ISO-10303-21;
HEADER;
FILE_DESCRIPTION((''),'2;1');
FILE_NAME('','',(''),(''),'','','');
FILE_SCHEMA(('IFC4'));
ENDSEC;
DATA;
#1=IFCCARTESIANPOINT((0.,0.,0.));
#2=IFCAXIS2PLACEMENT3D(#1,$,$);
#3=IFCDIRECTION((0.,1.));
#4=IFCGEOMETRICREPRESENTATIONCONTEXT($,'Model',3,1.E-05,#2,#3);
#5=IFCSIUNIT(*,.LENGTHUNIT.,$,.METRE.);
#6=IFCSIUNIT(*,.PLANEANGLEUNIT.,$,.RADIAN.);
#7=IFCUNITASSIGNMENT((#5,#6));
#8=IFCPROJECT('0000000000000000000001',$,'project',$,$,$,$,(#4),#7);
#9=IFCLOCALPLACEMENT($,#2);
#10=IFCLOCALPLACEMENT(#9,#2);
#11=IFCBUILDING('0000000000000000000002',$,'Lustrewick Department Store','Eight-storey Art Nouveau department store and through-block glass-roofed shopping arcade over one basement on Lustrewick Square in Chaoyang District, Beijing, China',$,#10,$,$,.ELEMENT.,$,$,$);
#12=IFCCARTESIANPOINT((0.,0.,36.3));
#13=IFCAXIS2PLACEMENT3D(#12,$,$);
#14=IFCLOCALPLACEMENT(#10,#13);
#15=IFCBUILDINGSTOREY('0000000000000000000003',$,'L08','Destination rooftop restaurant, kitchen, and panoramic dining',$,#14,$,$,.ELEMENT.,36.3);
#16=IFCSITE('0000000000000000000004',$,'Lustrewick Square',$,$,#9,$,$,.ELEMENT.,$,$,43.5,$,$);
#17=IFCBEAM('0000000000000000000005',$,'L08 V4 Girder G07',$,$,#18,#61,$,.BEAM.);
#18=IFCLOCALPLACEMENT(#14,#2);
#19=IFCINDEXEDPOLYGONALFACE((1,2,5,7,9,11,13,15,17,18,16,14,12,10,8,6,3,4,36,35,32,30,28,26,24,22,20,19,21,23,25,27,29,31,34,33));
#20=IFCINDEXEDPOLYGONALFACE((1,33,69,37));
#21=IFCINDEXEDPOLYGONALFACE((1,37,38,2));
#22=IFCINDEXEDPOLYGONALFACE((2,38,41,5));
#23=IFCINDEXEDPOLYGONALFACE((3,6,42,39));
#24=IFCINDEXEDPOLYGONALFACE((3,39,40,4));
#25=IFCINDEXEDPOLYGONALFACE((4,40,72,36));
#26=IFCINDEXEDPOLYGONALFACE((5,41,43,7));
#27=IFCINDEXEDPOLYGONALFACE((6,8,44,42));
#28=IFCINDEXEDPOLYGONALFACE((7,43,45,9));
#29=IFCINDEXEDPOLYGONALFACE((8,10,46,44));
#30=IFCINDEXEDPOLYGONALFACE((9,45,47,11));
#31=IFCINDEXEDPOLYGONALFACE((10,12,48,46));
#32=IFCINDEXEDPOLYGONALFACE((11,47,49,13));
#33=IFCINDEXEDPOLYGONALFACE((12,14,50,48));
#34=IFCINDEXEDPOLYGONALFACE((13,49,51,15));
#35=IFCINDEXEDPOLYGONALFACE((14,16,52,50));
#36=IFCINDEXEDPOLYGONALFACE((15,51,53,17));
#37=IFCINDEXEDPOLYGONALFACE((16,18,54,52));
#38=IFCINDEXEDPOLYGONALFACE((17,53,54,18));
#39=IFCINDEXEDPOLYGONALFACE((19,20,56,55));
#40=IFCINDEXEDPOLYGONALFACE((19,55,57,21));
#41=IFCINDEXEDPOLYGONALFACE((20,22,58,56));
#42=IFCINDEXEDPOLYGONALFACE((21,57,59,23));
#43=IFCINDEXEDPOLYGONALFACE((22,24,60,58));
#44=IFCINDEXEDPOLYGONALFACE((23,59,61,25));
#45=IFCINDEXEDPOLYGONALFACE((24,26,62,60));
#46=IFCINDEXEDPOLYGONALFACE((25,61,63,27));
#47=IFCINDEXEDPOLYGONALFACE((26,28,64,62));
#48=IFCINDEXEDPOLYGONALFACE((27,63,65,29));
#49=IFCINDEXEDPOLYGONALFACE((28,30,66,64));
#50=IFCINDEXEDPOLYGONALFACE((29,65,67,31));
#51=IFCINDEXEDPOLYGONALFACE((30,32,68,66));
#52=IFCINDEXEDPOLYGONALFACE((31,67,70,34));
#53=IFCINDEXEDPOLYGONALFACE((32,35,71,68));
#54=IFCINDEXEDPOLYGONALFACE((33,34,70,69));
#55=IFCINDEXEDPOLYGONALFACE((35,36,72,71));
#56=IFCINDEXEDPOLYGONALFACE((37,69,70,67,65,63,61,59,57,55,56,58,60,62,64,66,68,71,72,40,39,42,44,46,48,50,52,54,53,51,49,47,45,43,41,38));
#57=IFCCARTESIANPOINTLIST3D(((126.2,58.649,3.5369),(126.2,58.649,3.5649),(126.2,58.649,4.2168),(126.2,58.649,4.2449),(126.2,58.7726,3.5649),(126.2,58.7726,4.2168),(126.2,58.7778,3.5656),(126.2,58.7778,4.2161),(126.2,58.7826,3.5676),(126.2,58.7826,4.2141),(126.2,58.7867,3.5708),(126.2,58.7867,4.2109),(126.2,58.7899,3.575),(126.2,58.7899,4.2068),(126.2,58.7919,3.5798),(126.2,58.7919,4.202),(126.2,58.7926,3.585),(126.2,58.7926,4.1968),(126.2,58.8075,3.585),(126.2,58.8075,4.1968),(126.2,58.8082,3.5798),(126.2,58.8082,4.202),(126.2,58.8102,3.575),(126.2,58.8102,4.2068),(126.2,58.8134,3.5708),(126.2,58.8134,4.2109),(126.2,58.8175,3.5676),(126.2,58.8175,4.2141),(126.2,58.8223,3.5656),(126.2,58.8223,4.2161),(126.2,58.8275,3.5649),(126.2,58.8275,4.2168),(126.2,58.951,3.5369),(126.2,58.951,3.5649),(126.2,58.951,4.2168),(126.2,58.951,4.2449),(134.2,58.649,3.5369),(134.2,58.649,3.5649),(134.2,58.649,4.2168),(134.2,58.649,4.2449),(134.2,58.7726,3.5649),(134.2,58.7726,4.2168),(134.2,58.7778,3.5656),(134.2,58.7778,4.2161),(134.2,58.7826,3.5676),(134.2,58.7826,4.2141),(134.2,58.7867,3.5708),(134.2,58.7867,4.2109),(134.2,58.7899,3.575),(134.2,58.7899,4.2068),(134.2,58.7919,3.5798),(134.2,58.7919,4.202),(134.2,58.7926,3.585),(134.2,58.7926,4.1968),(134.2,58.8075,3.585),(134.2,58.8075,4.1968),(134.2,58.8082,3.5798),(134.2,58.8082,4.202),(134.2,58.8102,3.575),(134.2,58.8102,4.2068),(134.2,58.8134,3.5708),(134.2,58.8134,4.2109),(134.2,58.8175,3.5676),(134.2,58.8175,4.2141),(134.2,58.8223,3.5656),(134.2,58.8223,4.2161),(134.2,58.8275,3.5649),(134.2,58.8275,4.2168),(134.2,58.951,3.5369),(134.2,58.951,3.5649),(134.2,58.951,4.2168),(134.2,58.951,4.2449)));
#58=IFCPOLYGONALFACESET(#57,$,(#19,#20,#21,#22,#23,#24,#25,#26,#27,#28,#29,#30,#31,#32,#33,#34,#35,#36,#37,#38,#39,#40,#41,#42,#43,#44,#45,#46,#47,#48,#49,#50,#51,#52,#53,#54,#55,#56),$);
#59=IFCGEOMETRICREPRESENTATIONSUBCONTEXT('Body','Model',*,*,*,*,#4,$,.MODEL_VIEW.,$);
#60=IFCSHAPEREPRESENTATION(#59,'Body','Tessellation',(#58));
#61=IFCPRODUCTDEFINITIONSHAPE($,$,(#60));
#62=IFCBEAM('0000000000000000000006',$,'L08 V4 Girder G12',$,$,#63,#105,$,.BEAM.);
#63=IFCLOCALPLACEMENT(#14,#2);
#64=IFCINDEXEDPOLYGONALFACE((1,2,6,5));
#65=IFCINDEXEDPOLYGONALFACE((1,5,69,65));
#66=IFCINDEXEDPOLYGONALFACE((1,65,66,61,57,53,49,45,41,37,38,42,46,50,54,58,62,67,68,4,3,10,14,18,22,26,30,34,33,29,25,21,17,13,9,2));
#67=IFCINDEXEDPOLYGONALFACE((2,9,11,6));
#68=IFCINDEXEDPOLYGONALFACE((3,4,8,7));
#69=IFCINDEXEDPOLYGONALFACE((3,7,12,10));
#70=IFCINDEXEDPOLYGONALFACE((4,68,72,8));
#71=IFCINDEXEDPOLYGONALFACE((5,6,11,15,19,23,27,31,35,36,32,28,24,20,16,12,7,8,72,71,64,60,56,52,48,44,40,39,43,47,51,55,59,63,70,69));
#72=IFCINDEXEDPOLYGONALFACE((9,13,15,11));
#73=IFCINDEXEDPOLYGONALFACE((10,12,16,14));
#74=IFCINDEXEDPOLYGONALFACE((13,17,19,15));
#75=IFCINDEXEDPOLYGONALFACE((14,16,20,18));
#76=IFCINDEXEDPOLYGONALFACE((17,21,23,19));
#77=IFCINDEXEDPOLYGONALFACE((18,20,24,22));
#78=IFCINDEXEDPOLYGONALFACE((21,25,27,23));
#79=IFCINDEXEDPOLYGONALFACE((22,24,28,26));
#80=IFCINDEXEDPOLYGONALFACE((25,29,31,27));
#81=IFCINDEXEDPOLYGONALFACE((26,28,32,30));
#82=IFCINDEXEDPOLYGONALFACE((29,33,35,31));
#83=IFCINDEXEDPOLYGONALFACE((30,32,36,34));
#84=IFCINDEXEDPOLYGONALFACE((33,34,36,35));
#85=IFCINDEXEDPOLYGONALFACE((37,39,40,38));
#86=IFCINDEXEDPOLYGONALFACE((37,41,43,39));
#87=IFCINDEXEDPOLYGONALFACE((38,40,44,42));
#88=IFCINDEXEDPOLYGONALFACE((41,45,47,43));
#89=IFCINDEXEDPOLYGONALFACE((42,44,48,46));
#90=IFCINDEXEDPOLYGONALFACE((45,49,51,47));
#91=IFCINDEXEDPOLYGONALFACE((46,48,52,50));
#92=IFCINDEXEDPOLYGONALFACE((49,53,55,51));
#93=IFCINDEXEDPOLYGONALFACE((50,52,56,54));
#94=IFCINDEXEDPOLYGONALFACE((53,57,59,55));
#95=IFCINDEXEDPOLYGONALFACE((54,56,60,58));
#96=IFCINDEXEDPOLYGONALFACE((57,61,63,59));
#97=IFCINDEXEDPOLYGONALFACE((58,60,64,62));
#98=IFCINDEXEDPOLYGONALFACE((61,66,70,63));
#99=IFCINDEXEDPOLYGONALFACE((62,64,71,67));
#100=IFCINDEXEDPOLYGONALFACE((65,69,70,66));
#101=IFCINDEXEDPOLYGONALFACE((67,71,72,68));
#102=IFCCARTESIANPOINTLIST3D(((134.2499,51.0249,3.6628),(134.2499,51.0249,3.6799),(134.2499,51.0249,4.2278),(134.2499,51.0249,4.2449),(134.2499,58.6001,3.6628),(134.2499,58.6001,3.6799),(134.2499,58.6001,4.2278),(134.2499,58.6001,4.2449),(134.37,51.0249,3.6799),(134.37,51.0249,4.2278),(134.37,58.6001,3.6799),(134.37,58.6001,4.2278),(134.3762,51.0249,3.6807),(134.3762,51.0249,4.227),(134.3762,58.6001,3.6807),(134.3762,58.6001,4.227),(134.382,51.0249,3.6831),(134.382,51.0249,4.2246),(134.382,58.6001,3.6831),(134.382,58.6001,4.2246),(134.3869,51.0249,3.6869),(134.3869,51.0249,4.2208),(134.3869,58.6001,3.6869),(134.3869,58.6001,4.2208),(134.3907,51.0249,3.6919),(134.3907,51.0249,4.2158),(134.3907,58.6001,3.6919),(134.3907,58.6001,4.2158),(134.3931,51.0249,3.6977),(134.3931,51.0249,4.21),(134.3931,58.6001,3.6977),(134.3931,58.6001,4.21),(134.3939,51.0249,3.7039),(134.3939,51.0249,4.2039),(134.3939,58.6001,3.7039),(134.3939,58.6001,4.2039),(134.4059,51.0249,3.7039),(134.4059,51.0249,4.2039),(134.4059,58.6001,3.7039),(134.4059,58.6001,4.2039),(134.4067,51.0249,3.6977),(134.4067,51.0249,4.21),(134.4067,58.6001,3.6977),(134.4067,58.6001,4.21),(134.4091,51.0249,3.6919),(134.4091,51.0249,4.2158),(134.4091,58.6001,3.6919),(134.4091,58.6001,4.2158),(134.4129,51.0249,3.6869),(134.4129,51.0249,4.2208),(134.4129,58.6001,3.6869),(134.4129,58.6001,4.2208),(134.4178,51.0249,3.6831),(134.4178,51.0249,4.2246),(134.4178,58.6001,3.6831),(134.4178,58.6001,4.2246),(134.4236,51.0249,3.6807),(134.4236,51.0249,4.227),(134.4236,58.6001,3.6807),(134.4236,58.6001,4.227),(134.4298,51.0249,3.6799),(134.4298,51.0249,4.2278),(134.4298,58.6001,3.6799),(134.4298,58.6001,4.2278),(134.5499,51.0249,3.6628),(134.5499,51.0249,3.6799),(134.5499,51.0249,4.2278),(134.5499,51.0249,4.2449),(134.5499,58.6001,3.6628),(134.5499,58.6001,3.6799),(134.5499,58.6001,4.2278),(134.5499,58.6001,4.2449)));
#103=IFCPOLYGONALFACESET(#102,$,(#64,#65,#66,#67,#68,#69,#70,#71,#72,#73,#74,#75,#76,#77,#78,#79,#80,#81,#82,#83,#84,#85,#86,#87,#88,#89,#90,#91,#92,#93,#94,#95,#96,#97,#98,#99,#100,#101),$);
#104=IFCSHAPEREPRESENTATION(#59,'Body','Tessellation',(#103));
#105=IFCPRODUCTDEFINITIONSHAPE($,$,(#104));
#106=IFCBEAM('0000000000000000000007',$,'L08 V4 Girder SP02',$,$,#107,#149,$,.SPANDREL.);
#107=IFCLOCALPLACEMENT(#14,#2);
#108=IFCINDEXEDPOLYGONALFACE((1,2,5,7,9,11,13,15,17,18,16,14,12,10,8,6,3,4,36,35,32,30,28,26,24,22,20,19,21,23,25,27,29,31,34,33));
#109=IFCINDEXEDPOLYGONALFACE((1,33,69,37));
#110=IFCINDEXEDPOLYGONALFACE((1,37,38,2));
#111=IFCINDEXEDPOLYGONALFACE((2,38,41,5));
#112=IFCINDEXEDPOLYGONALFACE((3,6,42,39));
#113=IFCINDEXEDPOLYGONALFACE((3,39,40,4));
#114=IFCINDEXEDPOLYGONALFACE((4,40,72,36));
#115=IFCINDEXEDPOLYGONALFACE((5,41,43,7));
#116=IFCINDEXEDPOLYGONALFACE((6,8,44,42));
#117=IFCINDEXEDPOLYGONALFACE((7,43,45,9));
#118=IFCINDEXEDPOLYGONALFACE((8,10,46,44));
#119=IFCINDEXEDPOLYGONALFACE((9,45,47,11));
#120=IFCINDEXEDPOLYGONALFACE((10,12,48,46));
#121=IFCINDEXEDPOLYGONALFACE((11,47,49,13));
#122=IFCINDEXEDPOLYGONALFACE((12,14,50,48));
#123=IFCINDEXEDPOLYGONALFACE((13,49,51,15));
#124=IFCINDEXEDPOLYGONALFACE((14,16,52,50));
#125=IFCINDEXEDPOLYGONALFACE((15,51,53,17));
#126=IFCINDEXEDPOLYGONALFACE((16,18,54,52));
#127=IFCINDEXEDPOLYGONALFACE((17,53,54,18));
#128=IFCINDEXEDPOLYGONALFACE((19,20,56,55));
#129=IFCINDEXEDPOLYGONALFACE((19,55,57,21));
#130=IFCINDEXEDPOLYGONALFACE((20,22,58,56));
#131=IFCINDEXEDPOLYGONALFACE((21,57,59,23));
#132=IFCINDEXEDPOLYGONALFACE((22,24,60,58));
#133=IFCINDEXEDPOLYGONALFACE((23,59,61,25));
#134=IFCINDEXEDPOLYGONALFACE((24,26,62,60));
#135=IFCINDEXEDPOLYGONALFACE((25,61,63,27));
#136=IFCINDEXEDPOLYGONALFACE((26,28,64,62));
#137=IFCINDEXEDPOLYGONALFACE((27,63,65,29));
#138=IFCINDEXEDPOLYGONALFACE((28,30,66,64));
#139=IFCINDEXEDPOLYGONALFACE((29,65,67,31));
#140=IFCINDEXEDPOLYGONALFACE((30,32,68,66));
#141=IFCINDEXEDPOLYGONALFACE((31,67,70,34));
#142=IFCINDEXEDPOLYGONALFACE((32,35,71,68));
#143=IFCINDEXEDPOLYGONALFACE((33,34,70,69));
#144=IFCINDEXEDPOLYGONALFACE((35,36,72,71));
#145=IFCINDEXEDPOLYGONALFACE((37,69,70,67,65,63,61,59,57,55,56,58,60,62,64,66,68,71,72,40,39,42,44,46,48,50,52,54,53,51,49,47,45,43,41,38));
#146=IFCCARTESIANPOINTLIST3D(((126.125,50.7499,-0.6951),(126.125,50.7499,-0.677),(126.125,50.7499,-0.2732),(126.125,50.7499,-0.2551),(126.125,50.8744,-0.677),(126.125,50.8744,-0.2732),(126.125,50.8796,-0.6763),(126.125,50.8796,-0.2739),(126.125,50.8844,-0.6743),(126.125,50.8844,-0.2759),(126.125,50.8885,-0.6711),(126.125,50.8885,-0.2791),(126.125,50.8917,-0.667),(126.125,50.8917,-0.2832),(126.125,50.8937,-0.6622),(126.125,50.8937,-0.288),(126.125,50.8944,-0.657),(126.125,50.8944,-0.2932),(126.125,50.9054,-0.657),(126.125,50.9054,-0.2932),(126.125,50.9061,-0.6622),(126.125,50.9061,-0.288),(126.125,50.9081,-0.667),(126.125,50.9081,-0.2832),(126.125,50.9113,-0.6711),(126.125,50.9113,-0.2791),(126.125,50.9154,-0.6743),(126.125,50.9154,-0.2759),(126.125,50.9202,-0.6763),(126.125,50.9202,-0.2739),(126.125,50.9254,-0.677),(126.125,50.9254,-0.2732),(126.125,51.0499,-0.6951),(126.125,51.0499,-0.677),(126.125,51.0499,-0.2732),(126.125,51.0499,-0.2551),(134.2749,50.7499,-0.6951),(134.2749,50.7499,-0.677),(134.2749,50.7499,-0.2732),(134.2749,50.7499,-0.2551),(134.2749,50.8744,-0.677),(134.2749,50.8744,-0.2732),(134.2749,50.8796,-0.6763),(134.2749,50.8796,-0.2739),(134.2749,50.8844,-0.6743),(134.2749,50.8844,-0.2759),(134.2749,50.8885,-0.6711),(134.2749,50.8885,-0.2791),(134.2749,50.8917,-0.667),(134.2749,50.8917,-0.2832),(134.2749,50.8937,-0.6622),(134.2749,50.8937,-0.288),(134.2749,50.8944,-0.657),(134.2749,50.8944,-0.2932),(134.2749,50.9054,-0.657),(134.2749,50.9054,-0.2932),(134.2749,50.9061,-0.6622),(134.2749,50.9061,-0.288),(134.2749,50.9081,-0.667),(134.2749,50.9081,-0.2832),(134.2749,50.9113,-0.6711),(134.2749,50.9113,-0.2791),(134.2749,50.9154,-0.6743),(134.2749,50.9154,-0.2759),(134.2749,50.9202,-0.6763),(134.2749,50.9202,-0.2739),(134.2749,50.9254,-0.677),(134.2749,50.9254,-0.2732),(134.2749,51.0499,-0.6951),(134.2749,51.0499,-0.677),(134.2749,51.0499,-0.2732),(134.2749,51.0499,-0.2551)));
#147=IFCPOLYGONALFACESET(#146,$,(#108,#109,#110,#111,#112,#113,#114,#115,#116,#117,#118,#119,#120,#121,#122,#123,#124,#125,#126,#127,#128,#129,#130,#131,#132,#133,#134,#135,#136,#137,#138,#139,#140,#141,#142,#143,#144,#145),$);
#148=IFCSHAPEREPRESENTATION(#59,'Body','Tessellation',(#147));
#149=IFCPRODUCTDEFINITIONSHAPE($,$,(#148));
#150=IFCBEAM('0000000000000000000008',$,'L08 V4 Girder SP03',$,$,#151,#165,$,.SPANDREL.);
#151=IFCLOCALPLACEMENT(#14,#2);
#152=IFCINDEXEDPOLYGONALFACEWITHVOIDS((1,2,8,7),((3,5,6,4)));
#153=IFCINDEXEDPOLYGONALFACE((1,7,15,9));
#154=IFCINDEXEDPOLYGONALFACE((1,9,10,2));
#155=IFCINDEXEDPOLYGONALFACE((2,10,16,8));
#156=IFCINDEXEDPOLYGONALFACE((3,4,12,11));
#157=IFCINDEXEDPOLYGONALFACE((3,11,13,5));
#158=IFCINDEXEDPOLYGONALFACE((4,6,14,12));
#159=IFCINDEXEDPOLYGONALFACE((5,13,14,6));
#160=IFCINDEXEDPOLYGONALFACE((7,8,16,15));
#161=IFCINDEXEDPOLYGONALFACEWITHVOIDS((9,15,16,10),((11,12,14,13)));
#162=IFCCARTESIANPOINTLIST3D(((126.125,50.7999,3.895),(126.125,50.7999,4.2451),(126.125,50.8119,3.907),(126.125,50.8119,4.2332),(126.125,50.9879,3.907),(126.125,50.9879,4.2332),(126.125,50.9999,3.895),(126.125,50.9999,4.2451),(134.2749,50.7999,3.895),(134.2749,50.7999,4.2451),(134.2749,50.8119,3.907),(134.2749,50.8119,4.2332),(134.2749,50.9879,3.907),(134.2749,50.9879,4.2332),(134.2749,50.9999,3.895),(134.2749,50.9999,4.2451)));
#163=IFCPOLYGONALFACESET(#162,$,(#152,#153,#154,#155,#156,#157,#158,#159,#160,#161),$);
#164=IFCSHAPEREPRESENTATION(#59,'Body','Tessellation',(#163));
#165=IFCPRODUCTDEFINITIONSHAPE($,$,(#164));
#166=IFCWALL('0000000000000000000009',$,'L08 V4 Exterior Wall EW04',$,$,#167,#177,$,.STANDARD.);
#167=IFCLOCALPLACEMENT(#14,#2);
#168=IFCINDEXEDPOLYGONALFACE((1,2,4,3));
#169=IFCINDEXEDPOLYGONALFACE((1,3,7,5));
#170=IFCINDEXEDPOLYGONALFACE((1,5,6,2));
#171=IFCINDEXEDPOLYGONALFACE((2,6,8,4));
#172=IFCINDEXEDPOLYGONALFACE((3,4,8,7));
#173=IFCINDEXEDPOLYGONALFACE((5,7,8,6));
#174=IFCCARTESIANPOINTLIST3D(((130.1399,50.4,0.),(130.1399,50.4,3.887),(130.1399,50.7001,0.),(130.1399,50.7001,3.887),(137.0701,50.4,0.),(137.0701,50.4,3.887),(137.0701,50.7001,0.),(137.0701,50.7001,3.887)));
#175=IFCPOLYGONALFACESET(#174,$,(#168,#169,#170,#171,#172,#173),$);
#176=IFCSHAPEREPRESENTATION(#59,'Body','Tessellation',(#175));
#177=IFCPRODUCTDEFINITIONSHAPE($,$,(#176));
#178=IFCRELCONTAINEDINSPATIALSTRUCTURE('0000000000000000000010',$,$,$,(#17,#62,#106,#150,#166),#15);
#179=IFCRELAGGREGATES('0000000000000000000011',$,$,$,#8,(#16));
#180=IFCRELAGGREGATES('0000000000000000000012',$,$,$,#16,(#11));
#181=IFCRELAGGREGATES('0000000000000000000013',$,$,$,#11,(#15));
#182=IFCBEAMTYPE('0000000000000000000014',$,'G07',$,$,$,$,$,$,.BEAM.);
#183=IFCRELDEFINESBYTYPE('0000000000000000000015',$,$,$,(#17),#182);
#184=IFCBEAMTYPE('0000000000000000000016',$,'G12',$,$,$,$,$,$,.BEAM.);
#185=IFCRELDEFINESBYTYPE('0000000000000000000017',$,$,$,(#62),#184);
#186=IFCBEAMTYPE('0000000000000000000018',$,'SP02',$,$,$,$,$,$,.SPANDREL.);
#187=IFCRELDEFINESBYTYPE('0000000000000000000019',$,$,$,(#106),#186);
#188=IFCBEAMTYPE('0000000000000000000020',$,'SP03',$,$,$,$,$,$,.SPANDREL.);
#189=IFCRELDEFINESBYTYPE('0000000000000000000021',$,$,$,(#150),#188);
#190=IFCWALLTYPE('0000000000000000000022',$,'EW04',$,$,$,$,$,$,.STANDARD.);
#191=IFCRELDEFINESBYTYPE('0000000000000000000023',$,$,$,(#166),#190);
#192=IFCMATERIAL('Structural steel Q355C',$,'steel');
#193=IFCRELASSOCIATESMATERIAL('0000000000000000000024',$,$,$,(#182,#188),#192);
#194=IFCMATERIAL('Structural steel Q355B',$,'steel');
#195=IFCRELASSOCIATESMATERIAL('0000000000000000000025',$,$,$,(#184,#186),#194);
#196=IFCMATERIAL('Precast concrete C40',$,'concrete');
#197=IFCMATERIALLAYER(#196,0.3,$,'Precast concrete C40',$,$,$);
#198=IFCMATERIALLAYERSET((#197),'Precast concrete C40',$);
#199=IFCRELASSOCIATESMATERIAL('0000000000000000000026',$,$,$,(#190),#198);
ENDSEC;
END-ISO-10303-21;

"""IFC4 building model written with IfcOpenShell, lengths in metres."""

from ifc_helpers import new_model, si_unit, direction, frame, frame_2d, origin, origin_2d, place, context, subcontext, project, spatial, rectangle, hollow_rectangle, i_section, extrude, material, layer, layer_set, material_profile, profile_set, type_object, element, save


model = new_model("IFC4")

# Units and contexts
model_context = context("Model", 3, precision=1e-05, world=origin(), true_north=direction((0.0, 1.0)))
body_context = subcontext(model_context, "Body", "Model", "MODEL_VIEW")
ifc_project = project(units=[si_unit("LENGTHUNIT", "METRE"), si_unit("PLANEANGLEUNIT", "RADIAN")], contexts=[model_context])

# Site, building, storey
site_placement = place(None, origin())
site = spatial("IfcSite", under=ifc_project, at=site_placement, Name="Lustrewick Square", CompositionType="ELEMENT", RefElevation=43.5)
building_placement = place(site_placement, origin())
building = spatial("IfcBuilding", under=site, at=building_placement, Name="Lustrewick Department Store", Description="Eight-storey Art Nouveau department store and through-block glass-roofed shopping arcade over one basement on Lustrewick Square in Chaoyang District, Beijing, China", CompositionType="ELEMENT")
storey_placement = place(building_placement, frame((0.0, 0.0, 36.3)))
storey = spatial("IfcBuildingStorey", under=building, at=storey_placement, Name="L08", Description="Destination rooftop restaurant, kitchen, and panoramic dining", CompositionType="ELEMENT", Elevation=36.3)

# Shared definitions
ifc_material_1 = material(Name="Structural steel Q355B", Category="steel")

# Beams
ifc_material_2 = material(Name="Structural steel Q355C", Category="steel")
ifc_material_profile_1 = material_profile(ifc_material_2, i_section(OverallWidth=0.302, OverallDepth=0.708, WebThickness=0.0149, FlangeThickness=0.0281, FilletRadius=0.02, at=origin_2d()), Name="HN 708x302x15x28")
ifc_profile_set_1 = profile_set([ifc_material_profile_1], Name="Structural steel Q355C")
beam_type_1 = type_object("IfcBeamType", Name="G07", PredefinedType="BEAM", material=ifc_profile_set_1)
beam_1_placement = place(storey_placement, frame((126.2, 58.8, 3.8909), z_axis=(1.0, 0.0, 0.0), x_axis=(0.0, 1.0, 0.0)))
element("IfcBeam", 1, at=beam_1_placement, inside=storey, type_object=beam_type_1, Name="L08 V4 Girder G07", PredefinedType="BEAM", context=body_context, shape_type="SweptSolid", body=[
    extrude(i_section(OverallWidth=0.302, OverallDepth=0.708, WebThickness=0.0149, FlangeThickness=0.0281, FilletRadius=0.02, at=origin_2d()), origin(), (0.0, 0.0, 1.0), 8.0),
])
ifc_material_profile_2 = material_profile(ifc_material_1, i_section(OverallWidth=0.3, OverallDepth=0.582, WebThickness=0.012, FlangeThickness=0.0171, FilletRadius=0.0239, at=origin_2d()), Name="HM 582x300x12x17")
ifc_profile_set_2 = profile_set([ifc_material_profile_2], Name="Structural steel Q355B")
beam_type_2 = type_object("IfcBeamType", Name="G12", PredefinedType="BEAM", material=ifc_profile_set_2)
beam_2_placement = place(storey_placement, frame((134.3999, 51.0249, 3.9539), z_axis=(0.0, 1.0, 0.0), x_axis=(-1.0, 0.0, 0.0)))
element("IfcBeam", 2, at=beam_2_placement, inside=storey, type_object=beam_type_2, Name="L08 V4 Girder G12", PredefinedType="BEAM", context=body_context, shape_type="SweptSolid", body=[
    extrude(i_section(OverallWidth=0.3, OverallDepth=0.582, WebThickness=0.012, FlangeThickness=0.0171, FilletRadius=0.0239, at=origin_2d()), origin(), (0.0, 0.0, 1.0), 7.5752),
])
ifc_material_profile_3 = material_profile(ifc_material_1, i_section(OverallWidth=0.3, OverallDepth=0.4399, WebThickness=0.011, FlangeThickness=0.0181, FilletRadius=0.02, at=origin_2d()), Name="HM 440x300x11x18")
ifc_profile_set_3 = profile_set([ifc_material_profile_3], Name="Structural steel Q355B")
beam_type_3 = type_object("IfcBeamType", Name="SP02", PredefinedType="SPANDREL", material=ifc_profile_set_3)
beam_3_placement = place(storey_placement, frame((126.125, 50.8999, -0.4751), z_axis=(1.0, 0.0, 0.0), x_axis=(0.0, 1.0, 0.0)))
element("IfcBeam", 3, at=beam_3_placement, inside=storey, type_object=beam_type_3, Name="L08 V4 Girder SP02", PredefinedType="SPANDREL", context=body_context, shape_type="SweptSolid", body=[
    extrude(i_section(OverallWidth=0.3, OverallDepth=0.4399, WebThickness=0.011, FlangeThickness=0.0181, FilletRadius=0.02, at=origin_2d()), origin(), (0.0, 0.0, 1.0), 8.1499),
])
ifc_material_profile_4 = material_profile(ifc_material_2, hollow_rectangle(XDim=0.2, YDim=0.3501, WallThickness=0.012, at=origin_2d()), Name="RHS 350x200x12")
ifc_profile_set_4 = profile_set([ifc_material_profile_4], Name="Structural steel Q355C")
beam_type_4 = type_object("IfcBeamType", Name="SP03", PredefinedType="SPANDREL", material=ifc_profile_set_4)
beam_4_placement = place(storey_placement, frame((126.125, 50.8999, 4.0701), z_axis=(1.0, 0.0, 0.0), x_axis=(0.0, 1.0, 0.0)))
element("IfcBeam", 4, at=beam_4_placement, inside=storey, type_object=beam_type_4, Name="L08 V4 Girder SP03", PredefinedType="SPANDREL", context=body_context, shape_type="SweptSolid", body=[
    extrude(hollow_rectangle(XDim=0.2, YDim=0.3501, WallThickness=0.012, at=origin_2d()), origin(), (0.0, 0.0, 1.0), 8.1499),
])

# Wall
ifc_material_3 = material(Name="Precast concrete C40", Category="concrete")
ifc_layer_1 = layer(ifc_material_3, 0.3, Name="Precast concrete C40")
ifc_layer_set_1 = layer_set([ifc_layer_1], Name="Precast concrete C40")
wall_type_1 = type_object("IfcWallType", Name="EW04", PredefinedType="STANDARD", material=ifc_layer_set_1)
wall_1_placement = place(storey_placement, frame((130.1399, 50.55, 0.0), z_axis=(0.0, 0.0, 1.0), x_axis=(1.0, 0.0, 0.0)))
element("IfcWall", 5, at=wall_1_placement, inside=storey, type_object=wall_type_1, Name="L08 V4 Exterior Wall EW04", PredefinedType="STANDARD", context=body_context, shape_type="SweptSolid", body=[
    extrude(rectangle(XDim=6.9302, YDim=0.3, at=frame_2d((3.4651, 0.0))), origin(), (0.0, 0.0, 1.0), 3.887),
])

save(model, "model.ifc")
